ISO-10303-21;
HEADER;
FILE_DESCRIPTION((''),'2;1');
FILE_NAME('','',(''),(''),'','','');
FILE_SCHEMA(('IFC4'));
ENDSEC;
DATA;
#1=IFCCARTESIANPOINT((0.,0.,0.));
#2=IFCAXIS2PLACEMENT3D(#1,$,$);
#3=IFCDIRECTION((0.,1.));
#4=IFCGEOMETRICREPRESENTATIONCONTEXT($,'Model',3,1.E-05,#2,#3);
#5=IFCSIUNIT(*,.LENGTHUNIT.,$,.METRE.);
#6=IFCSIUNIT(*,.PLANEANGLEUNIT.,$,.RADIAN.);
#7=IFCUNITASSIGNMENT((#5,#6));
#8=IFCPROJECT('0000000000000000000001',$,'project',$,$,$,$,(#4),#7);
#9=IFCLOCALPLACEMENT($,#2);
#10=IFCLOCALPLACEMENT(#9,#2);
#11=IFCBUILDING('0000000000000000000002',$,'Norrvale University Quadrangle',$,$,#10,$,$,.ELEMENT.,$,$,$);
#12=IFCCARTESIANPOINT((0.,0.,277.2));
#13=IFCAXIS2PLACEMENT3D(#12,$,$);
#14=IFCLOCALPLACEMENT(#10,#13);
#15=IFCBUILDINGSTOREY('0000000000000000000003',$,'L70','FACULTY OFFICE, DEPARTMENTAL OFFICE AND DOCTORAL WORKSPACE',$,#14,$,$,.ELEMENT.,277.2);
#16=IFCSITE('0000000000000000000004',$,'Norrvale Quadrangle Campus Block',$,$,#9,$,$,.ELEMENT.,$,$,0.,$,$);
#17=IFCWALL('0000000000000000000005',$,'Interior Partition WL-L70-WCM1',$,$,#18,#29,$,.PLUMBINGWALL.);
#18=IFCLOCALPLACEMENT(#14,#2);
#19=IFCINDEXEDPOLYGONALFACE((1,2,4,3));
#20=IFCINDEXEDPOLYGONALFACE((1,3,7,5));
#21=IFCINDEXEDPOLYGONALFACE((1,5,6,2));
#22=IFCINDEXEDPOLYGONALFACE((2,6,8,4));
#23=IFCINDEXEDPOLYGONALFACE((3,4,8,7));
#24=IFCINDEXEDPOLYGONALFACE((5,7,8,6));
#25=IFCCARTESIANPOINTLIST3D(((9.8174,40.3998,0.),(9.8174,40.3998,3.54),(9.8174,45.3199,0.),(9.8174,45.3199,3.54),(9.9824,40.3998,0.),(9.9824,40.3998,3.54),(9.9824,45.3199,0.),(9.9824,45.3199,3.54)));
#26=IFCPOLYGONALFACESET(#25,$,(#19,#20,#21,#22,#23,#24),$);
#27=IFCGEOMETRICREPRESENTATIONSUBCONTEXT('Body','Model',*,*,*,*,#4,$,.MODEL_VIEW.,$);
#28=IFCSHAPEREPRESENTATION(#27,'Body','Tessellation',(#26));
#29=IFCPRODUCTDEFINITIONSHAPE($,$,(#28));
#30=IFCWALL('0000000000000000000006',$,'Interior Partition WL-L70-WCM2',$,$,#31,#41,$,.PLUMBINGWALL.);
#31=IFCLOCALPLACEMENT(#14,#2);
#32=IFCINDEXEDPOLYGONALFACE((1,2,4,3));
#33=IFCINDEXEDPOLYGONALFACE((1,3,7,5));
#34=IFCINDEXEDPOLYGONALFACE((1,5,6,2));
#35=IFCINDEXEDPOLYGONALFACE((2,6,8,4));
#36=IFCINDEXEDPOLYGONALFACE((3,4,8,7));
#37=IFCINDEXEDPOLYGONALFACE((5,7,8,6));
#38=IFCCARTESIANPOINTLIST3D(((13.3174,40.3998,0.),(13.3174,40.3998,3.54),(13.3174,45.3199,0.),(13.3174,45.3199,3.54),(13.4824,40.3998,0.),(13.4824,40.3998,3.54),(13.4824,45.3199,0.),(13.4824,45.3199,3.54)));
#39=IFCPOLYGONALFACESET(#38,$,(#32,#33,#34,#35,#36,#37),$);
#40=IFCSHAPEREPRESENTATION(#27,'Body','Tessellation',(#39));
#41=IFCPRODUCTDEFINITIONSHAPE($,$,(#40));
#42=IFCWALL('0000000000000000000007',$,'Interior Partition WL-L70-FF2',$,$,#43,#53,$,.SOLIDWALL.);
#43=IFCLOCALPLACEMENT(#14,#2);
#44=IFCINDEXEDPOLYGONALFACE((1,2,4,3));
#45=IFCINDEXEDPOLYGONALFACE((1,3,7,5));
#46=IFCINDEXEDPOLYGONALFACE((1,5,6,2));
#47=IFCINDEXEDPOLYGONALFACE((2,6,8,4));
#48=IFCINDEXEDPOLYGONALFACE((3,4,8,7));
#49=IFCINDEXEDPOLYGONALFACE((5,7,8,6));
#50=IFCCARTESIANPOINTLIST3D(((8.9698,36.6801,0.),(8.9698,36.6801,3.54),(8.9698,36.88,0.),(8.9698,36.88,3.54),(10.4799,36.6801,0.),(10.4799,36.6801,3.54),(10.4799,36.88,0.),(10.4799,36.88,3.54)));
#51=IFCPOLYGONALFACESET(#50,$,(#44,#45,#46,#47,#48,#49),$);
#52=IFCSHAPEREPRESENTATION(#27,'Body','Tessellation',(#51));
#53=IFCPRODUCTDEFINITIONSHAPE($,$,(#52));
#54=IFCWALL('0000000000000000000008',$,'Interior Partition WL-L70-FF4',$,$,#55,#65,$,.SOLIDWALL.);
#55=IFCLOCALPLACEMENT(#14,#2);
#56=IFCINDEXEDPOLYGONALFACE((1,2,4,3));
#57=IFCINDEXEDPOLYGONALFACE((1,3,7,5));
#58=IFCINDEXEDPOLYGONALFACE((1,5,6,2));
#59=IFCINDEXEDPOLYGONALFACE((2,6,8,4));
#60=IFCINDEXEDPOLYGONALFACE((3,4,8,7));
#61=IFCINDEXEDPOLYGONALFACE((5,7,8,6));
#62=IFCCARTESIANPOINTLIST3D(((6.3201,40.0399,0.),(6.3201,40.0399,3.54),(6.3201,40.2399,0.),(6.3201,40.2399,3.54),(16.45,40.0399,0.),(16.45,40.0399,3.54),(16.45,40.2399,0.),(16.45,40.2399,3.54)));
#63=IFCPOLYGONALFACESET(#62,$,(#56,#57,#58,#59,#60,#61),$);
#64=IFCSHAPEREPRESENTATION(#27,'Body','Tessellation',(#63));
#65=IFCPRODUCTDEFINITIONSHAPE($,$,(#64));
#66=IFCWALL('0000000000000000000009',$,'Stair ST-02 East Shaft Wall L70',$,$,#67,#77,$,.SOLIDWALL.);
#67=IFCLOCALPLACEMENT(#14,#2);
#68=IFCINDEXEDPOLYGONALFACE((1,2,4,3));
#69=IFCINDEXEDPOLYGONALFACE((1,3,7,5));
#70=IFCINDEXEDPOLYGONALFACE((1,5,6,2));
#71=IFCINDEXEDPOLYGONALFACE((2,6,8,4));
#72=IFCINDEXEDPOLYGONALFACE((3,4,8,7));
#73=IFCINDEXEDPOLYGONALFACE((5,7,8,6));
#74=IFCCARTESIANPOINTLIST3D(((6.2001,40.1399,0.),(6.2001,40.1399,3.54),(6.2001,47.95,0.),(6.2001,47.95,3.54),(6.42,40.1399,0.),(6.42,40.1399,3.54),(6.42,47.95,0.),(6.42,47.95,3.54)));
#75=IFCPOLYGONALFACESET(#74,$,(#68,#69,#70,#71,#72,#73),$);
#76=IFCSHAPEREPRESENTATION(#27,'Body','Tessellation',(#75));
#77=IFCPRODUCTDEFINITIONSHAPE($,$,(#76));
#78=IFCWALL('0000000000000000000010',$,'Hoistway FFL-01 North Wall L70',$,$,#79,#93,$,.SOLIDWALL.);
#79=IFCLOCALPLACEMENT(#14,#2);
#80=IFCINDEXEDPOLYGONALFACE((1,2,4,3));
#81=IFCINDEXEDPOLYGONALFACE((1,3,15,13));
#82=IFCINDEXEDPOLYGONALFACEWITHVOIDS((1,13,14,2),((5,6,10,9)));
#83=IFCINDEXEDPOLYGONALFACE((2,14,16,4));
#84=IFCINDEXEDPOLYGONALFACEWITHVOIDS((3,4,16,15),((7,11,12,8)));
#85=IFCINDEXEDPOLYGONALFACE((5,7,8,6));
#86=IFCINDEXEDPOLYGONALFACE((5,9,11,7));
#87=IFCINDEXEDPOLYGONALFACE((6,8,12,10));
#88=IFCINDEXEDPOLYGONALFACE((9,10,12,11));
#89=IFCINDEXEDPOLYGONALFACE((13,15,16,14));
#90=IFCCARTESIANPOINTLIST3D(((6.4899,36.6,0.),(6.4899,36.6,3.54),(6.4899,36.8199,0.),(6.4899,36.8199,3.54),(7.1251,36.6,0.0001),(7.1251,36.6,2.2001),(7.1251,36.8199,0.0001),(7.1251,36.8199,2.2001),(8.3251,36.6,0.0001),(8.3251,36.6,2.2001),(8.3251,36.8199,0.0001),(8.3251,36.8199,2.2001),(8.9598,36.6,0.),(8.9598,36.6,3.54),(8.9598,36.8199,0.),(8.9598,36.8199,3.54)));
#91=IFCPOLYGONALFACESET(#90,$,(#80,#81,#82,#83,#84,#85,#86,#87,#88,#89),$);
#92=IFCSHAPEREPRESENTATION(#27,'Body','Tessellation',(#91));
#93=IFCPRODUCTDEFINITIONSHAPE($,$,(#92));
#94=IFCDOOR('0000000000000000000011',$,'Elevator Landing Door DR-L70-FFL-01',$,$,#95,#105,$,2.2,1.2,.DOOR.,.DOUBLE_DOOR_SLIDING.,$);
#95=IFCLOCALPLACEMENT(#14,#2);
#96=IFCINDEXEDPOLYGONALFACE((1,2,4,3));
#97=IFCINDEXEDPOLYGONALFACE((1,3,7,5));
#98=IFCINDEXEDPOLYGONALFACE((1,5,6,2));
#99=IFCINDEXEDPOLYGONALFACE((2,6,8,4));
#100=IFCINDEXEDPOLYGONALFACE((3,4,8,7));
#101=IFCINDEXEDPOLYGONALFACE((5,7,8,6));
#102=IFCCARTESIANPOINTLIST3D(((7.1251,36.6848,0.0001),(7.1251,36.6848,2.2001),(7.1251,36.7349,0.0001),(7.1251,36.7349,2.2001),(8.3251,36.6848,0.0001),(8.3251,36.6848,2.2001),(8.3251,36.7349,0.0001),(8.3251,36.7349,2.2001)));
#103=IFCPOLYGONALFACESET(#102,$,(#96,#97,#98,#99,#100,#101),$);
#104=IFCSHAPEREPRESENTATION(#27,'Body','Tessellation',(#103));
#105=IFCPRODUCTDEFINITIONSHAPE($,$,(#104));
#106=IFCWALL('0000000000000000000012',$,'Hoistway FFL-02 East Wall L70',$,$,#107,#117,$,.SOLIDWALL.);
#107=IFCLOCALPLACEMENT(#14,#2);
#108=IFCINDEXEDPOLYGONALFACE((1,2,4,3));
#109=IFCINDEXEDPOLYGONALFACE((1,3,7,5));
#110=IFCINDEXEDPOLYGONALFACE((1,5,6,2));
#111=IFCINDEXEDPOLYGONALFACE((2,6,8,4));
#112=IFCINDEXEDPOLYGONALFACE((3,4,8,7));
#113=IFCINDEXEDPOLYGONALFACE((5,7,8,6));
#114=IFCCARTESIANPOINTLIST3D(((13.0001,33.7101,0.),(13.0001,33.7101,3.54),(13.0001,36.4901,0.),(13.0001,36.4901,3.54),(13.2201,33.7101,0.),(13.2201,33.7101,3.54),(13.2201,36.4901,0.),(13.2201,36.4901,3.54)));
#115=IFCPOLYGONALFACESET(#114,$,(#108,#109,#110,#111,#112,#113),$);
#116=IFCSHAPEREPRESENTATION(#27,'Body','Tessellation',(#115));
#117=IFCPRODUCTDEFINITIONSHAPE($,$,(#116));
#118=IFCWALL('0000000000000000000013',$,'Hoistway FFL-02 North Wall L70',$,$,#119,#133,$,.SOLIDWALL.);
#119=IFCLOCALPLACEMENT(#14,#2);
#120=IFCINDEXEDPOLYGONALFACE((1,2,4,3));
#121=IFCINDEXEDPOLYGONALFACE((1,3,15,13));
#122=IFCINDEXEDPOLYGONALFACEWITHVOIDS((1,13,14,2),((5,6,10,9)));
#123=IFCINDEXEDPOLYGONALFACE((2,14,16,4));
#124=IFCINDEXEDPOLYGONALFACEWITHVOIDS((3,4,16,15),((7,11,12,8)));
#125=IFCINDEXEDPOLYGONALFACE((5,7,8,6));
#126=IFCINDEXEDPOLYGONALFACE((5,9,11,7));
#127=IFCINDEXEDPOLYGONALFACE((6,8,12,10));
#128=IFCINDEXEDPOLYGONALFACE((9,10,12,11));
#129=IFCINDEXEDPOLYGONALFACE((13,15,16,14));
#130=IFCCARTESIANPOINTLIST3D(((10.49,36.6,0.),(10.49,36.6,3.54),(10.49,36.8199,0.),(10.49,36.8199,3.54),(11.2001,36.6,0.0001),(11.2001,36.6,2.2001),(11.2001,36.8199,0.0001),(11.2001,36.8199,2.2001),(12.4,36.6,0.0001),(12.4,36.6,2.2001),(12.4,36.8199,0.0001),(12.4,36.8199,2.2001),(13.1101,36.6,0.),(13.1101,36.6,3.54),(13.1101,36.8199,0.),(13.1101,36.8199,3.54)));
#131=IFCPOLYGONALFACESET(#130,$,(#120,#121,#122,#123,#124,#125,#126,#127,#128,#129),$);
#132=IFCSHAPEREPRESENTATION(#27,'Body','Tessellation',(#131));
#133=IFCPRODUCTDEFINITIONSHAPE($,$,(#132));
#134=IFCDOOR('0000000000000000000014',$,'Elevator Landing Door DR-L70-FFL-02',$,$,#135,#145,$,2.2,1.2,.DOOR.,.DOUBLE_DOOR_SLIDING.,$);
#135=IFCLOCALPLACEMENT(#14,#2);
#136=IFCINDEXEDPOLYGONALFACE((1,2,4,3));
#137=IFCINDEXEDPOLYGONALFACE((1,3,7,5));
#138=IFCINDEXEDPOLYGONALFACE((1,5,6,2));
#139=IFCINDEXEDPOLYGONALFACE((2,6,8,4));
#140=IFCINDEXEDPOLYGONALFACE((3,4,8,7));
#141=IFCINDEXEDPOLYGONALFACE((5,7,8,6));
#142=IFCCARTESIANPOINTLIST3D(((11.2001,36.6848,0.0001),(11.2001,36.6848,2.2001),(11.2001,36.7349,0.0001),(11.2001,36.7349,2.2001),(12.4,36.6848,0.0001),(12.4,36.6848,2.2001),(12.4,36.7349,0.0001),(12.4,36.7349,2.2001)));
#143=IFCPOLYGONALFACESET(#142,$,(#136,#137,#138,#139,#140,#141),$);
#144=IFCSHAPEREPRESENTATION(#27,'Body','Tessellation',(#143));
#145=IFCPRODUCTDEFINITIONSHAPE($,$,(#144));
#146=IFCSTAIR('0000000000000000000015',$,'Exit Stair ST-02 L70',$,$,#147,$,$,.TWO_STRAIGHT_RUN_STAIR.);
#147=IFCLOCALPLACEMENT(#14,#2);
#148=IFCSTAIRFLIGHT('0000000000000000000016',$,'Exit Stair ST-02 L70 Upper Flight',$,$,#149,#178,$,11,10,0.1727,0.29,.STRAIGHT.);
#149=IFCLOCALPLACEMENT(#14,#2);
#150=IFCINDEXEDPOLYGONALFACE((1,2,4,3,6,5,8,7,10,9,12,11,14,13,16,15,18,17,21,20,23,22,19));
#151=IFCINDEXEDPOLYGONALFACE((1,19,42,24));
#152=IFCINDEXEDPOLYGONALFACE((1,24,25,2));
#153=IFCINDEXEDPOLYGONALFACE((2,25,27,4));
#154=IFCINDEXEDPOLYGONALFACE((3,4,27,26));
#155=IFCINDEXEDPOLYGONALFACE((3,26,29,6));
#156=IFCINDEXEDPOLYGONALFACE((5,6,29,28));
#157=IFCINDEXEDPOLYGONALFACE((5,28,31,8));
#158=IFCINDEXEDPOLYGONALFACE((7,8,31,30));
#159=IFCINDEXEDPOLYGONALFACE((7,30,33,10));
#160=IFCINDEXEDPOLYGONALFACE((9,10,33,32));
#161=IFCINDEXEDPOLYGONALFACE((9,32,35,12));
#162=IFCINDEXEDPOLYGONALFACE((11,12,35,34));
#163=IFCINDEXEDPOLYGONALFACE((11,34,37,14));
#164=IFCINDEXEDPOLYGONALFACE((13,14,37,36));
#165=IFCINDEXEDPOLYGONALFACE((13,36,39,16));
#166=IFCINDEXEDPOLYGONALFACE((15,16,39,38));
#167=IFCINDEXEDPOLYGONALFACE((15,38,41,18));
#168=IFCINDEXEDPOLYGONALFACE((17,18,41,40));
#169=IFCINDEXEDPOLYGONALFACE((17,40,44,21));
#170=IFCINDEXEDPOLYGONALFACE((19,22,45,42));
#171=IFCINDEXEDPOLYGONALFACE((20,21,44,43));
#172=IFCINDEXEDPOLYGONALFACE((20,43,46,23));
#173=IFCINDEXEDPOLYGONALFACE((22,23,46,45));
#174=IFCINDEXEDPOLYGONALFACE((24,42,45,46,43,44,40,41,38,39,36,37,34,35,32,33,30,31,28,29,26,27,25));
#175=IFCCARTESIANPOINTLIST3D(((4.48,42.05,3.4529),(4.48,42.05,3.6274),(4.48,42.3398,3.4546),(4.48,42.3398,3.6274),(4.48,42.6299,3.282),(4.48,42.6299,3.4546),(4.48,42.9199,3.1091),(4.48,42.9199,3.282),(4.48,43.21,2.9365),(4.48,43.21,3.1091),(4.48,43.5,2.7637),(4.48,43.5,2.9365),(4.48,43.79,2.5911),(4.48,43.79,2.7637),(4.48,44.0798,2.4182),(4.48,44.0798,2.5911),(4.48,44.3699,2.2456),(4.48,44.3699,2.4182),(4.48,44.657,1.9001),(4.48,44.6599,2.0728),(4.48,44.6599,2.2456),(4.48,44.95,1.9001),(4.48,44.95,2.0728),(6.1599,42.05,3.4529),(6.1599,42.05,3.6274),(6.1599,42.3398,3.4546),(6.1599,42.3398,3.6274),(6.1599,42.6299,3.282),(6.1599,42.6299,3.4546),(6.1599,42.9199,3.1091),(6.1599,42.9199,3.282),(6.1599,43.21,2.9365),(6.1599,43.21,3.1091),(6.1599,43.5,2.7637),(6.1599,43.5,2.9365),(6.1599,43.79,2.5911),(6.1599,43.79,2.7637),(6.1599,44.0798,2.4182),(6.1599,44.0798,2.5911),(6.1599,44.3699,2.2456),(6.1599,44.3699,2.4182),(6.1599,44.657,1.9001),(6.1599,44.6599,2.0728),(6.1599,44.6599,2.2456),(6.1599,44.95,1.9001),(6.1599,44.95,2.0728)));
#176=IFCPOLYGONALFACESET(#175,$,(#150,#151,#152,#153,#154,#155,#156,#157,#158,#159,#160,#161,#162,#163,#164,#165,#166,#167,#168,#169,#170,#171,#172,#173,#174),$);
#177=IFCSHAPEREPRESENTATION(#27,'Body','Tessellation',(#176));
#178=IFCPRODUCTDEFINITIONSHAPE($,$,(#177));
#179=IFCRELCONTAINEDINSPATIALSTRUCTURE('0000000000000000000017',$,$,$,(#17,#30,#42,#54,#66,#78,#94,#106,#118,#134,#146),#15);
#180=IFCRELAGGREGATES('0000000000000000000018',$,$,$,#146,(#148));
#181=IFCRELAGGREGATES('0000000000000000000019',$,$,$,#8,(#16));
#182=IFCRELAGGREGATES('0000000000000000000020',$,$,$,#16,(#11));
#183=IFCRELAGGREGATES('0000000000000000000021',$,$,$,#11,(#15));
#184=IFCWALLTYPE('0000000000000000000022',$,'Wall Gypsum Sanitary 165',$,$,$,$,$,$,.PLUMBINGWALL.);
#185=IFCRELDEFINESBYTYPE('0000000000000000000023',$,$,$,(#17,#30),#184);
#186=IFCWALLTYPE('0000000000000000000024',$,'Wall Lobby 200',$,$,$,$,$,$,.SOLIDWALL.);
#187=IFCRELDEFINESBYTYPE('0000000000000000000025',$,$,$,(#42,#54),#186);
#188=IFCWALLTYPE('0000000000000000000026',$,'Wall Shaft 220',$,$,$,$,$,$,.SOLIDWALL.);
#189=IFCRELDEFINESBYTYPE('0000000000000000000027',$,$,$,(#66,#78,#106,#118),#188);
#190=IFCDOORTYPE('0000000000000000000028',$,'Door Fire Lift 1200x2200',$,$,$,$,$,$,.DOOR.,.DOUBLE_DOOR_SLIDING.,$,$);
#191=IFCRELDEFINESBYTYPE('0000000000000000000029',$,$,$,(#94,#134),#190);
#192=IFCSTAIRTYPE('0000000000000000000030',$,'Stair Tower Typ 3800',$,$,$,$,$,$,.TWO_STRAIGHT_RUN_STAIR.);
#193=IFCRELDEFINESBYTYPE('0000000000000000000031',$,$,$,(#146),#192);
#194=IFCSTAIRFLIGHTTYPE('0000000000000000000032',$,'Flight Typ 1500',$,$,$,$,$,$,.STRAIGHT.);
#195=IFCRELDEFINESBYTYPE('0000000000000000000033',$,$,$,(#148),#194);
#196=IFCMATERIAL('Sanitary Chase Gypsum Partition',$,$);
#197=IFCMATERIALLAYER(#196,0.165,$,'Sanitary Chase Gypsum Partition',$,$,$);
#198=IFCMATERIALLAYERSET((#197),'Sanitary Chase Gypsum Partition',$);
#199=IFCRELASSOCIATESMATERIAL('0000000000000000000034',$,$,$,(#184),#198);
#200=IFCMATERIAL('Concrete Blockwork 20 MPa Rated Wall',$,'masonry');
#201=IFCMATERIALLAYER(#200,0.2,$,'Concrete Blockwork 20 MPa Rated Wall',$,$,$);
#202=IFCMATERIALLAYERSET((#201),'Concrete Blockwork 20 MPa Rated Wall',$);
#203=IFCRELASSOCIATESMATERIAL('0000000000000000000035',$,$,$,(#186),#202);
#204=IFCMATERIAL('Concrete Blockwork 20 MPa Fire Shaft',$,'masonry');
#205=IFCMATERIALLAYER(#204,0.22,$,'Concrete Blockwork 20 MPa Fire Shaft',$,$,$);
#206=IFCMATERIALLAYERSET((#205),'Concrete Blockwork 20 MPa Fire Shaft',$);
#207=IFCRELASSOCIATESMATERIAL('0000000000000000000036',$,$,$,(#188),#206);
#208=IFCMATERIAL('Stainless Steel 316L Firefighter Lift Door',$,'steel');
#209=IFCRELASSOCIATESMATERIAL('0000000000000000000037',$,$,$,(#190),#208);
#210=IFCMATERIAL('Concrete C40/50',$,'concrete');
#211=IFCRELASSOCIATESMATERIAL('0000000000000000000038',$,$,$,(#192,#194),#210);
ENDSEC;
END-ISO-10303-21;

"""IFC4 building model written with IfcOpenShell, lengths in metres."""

from ifc_helpers import new_model, si_unit, direction, frame, frame_2d, origin, place, context, subcontext, project, spatial, polyline, rectangle, outline, extrude, material, layer, layer_set, type_object, element, fill, aggregate, save


model = new_model("IFC4")

# Units and contexts
model_context = context("Model", 3, precision=1e-05, world=origin(), true_north=direction((0.0, 1.0)))
body_context = subcontext(model_context, "Body", "Model", "MODEL_VIEW")
ifc_project = project(units=[si_unit("LENGTHUNIT", "METRE"), si_unit("PLANEANGLEUNIT", "RADIAN")], contexts=[model_context])

# Site, building, storey
site_placement = place(None, origin())
site = spatial("IfcSite", under=ifc_project, at=site_placement, Name="Norrvale Quadrangle Campus Block", CompositionType="ELEMENT", RefElevation=0.0)
building_placement = place(site_placement, origin())
building = spatial("IfcBuilding", under=site, at=building_placement, Name="Norrvale University Quadrangle", CompositionType="ELEMENT")
storey_placement = place(building_placement, frame((0.0, 0.0, 277.2)))
storey = spatial("IfcBuildingStorey", under=building, at=storey_placement, Name="L70", Description="FACULTY OFFICE, DEPARTMENTAL OFFICE AND DOCTORAL WORKSPACE", CompositionType="ELEMENT", Elevation=277.2)

# Shared definitions
ifc_material_1 = material(Name="Sanitary Chase Gypsum Partition")
ifc_layer_1 = layer(ifc_material_1, 0.165, Name="Sanitary Chase Gypsum Partition")
ifc_layer_set_1 = layer_set([ifc_layer_1], Name="Sanitary Chase Gypsum Partition")
wall_type_1 = type_object("IfcWallType", Name="Wall Gypsum Sanitary 165", PredefinedType="PLUMBINGWALL", material=ifc_layer_set_1)

# Walls
for number, where, z_axis, x_axis, name in (
    (1, (9.8999, 40.3999, 0.0), (0.0, 0.0, 1.0), (0.0, 1.0, 0.0), "Interior Partition WL-L70-WCM1"),
    (2, (13.3999, 40.3999, 0.0), (0.0, 0.0, 1.0), (0.0, 1.0, 0.0), "Interior Partition WL-L70-WCM2"),
):
    element("IfcWall", number, at=place(storey_placement, frame(where, z_axis=z_axis, x_axis=x_axis)), inside=storey, type_object=wall_type_1, Name=name, PredefinedType="PLUMBINGWALL", context=body_context, shape_type="SweptSolid", body=[
        extrude(rectangle(XDim=4.9202, YDim=0.165, at=frame_2d((2.46, 0.0))), origin(), (0.0, 0.0, 1.0), 3.54),
    ])
ifc_material_2 = material(Name="Concrete Blockwork 20 MPa Rated Wall", Category="masonry")
ifc_layer_2 = layer(ifc_material_2, 0.2, Name="Concrete Blockwork 20 MPa Rated Wall")
ifc_layer_set_2 = layer_set([ifc_layer_2], Name="Concrete Blockwork 20 MPa Rated Wall")
wall_type_2 = type_object("IfcWallType", Name="Wall Lobby 200", PredefinedType="SOLIDWALL", material=ifc_layer_set_2)
wall_1_placement = place(storey_placement, frame((8.97, 36.78, 0.0), z_axis=(0.0, 0.0, 1.0), x_axis=(1.0, 0.0, 0.0)))
element("IfcWall", 3, at=wall_1_placement, inside=storey, type_object=wall_type_2, Name="Interior Partition WL-L70-FF2", PredefinedType="SOLIDWALL", context=body_context, shape_type="SweptSolid", body=[
    extrude(rectangle(XDim=1.51, YDim=0.2, at=frame_2d((0.7549, 0.0))), origin(), (0.0, 0.0, 1.0), 3.54),
])
wall_2_placement = place(storey_placement, frame((6.3201, 40.1399, 0.0), z_axis=(0.0, 0.0, 1.0), x_axis=(1.0, 0.0, 0.0)))
element("IfcWall", 4, at=wall_2_placement, inside=storey, type_object=wall_type_2, Name="Interior Partition WL-L70-FF4", PredefinedType="SOLIDWALL", context=body_context, shape_type="SweptSolid", body=[
    extrude(rectangle(XDim=10.1299, YDim=0.2, at=frame_2d((5.0649, 0.0))), origin(), (0.0, 0.0, 1.0), 3.54),
])
ifc_material_3 = material(Name="Concrete Blockwork 20 MPa Fire Shaft", Category="masonry")
ifc_layer_3 = layer(ifc_material_3, 0.22, Name="Concrete Blockwork 20 MPa Fire Shaft")
ifc_layer_set_3 = layer_set([ifc_layer_3], Name="Concrete Blockwork 20 MPa Fire Shaft")
wall_type_3 = type_object("IfcWallType", Name="Wall Shaft 220", PredefinedType="SOLIDWALL", material=ifc_layer_set_3)
wall_3_placement = place(storey_placement, frame((6.3101, 40.1399, 0.0), z_axis=(0.0, 0.0, 1.0), x_axis=(0.0, 1.0, 0.0)))
element("IfcWall", 5, at=wall_3_placement, inside=storey, type_object=wall_type_3, Name="Stair ST-02 East Shaft Wall L70", PredefinedType="SOLIDWALL", context=body_context, shape_type="SweptSolid", body=[
    extrude(rectangle(XDim=7.8101, YDim=0.22, at=frame_2d((3.905, 0.0))), origin(), (0.0, 0.0, 1.0), 3.54),
])

# Wall, opening, door
wall_4_placement = place(storey_placement, frame((6.49, 36.71, 0.0), z_axis=(0.0, 0.0, 1.0), x_axis=(1.0, 0.0, 0.0)))
wall_4 = element("IfcWall", 6, at=wall_4_placement, inside=storey, type_object=wall_type_3, Name="Hoistway FFL-01 North Wall L70", PredefinedType="SOLIDWALL", context=body_context, shape_type="SweptSolid", body=[
    extrude(rectangle(XDim=2.47, YDim=0.22, at=frame_2d((1.2349, 0.0))), origin(), (0.0, 0.0, 1.0), 3.54),
])
opening_1_placement = place(wall_4_placement, frame((0.635, 0.0, 0.0)))
opening_1 = element("IfcOpeningElement", 7, at=opening_1_placement, cuts=wall_4, PredefinedType="OPENING", context=body_context, shape_type="SweptSolid", body=[
    extrude(rectangle(XDim=1.2, YDim=2.2, at=frame_2d((0.6001, 1.1001))), frame((0.0, 0.1221, 0.0), z_axis=(0.0, -1.0, 0.0), x_axis=(1.0, 0.0, 0.0)), (0.0, 0.0, 1.0), 0.2439),
])
ifc_material_4 = material(Name="Stainless Steel 316L Firefighter Lift Door", Category="steel")
door_type_1 = type_object("IfcDoorType", Name="Door Fire Lift 1200x2200", OperationType="DOUBLE_DOOR_SLIDING", PredefinedType="DOOR", material=ifc_material_4)
door_1_placement = place(opening_1_placement, origin())
door_1 = element("IfcDoor", 8, at=door_1_placement, inside=storey, type_object=door_type_1, Name="Elevator Landing Door DR-L70-FFL-01", OperationType="DOUBLE_DOOR_SLIDING", OverallHeight=2.2, OverallWidth=1.2, PredefinedType="DOOR", context=body_context, shape_type="SweptSolid", body=[
    extrude(rectangle(XDim=1.2, YDim=2.2, at=frame_2d((0.6001, 1.1001))), frame((0.0, 0.0249, 0.0), z_axis=(0.0, -1.0, 0.0), x_axis=(1.0, 0.0, 0.0)), (0.0, 0.0, 1.0), 0.05),
])
fill(opening_1, door_1)

# Wall
wall_5_placement = place(storey_placement, frame((13.1101, 33.71, 0.0), z_axis=(0.0, 0.0, 1.0), x_axis=(0.0, 1.0, 0.0)))
element("IfcWall", 9, at=wall_5_placement, inside=storey, type_object=wall_type_3, Name="Hoistway FFL-02 East Wall L70", PredefinedType="SOLIDWALL", context=body_context, shape_type="SweptSolid", body=[
    extrude(rectangle(XDim=2.78, YDim=0.22, at=frame_2d((1.3901, 0.0))), origin(), (0.0, 0.0, 1.0), 3.54),
])

# Wall, opening, door
wall_6_placement = place(storey_placement, frame((10.49, 36.71, 0.0), z_axis=(0.0, 0.0, 1.0), x_axis=(1.0, 0.0, 0.0)))
wall_6 = element("IfcWall", 10, at=wall_6_placement, inside=storey, type_object=wall_type_3, Name="Hoistway FFL-02 North Wall L70", PredefinedType="SOLIDWALL", context=body_context, shape_type="SweptSolid", body=[
    extrude(rectangle(XDim=2.6201, YDim=0.22, at=frame_2d((1.3101, 0.0))), origin(), (0.0, 0.0, 1.0), 3.54),
])
opening_2_placement = place(wall_6_placement, frame((0.71, 0.0, 0.0)))
opening_2 = element("IfcOpeningElement", 11, at=opening_2_placement, cuts=wall_6, PredefinedType="OPENING", context=body_context, shape_type="SweptSolid", body=[
    extrude(rectangle(XDim=1.2, YDim=2.2, at=frame_2d((0.6001, 1.1001))), frame((0.0, 0.1221, 0.0), z_axis=(0.0, -1.0, 0.0), x_axis=(1.0, 0.0, 0.0)), (0.0, 0.0, 1.0), 0.2439),
])
door_2_placement = place(opening_2_placement, origin())
door_2 = element("IfcDoor", 12, at=door_2_placement, inside=storey, type_object=door_type_1, Name="Elevator Landing Door DR-L70-FFL-02", OperationType="DOUBLE_DOOR_SLIDING", OverallHeight=2.2, OverallWidth=1.2, PredefinedType="DOOR", context=body_context, shape_type="SweptSolid", body=[
    extrude(rectangle(XDim=1.2, YDim=2.2, at=frame_2d((0.6001, 1.1001))), frame((0.0, 0.0249, 0.0), z_axis=(0.0, -1.0, 0.0), x_axis=(1.0, 0.0, 0.0)), (0.0, 0.0, 1.0), 0.05),
])
fill(opening_2, door_2)

# Stair, stair flight
ifc_material_5 = material(Name="Concrete C40/50", Category="concrete")
stair_type = type_object("IfcStairType", Name="Stair Tower Typ 3800", PredefinedType="TWO_STRAIGHT_RUN_STAIR", material=ifc_material_5)
stair_placement = place(storey_placement, origin())
stair = element("IfcStair", 13, at=stair_placement, inside=storey, type_object=stair_type, Name="Exit Stair ST-02 L70", PredefinedType="TWO_STRAIGHT_RUN_STAIR")
stair_flight_type = type_object("IfcStairFlightType", Name="Flight Typ 1500", PredefinedType="STRAIGHT", material=ifc_material_5)
stair_flight_placement = place(storey_placement, frame((5.3201, 44.95, 1.9001), z_axis=(0.0, 0.0, 1.0), x_axis=(0.0, -1.0, 0.0)))
stair_flight = element("IfcStairFlight", 14, at=stair_flight_placement, type_object=stair_flight_type, Name="Exit Stair ST-02 L70 Upper Flight", NumberOfRisers=11, NumberOfTreads=10, PredefinedType="STRAIGHT", RiserHeight=0.1727, TreadLength=0.29, context=body_context, shape_type="SweptSolid", body=[
    extrude(outline(polyline([(0.0, 0.0), (0.0, 0.1726), (0.29, 0.1726), (0.29, 0.3455), (0.5801, 0.3455), (0.5801, 0.5181), (0.8701, 0.5181), (0.8701, 0.6909), (1.1599, 0.6909), (1.1599, 0.8635), (1.45, 0.8635), (1.45, 1.0364), (1.74, 1.0364), (1.74, 1.209), (2.03, 1.209), (2.03, 1.3818), (2.3201, 1.3818), (2.3201, 1.5544), (2.6101, 1.5544), (2.6101, 1.7273), (2.8999, 1.7273), (2.8999, 1.8999), (2.8999, 1.5527), (0.293, 0.0), (0.0, 0.0)])), frame((0.0, 0.8398, 0.0), z_axis=(0.0, -1.0, 0.0), x_axis=(1.0, 0.0, 0.0)), (0.0, 0.0, 1.0), 1.6799),
])
aggregate(stair, [stair_flight])

save(model, "model.ifc")
